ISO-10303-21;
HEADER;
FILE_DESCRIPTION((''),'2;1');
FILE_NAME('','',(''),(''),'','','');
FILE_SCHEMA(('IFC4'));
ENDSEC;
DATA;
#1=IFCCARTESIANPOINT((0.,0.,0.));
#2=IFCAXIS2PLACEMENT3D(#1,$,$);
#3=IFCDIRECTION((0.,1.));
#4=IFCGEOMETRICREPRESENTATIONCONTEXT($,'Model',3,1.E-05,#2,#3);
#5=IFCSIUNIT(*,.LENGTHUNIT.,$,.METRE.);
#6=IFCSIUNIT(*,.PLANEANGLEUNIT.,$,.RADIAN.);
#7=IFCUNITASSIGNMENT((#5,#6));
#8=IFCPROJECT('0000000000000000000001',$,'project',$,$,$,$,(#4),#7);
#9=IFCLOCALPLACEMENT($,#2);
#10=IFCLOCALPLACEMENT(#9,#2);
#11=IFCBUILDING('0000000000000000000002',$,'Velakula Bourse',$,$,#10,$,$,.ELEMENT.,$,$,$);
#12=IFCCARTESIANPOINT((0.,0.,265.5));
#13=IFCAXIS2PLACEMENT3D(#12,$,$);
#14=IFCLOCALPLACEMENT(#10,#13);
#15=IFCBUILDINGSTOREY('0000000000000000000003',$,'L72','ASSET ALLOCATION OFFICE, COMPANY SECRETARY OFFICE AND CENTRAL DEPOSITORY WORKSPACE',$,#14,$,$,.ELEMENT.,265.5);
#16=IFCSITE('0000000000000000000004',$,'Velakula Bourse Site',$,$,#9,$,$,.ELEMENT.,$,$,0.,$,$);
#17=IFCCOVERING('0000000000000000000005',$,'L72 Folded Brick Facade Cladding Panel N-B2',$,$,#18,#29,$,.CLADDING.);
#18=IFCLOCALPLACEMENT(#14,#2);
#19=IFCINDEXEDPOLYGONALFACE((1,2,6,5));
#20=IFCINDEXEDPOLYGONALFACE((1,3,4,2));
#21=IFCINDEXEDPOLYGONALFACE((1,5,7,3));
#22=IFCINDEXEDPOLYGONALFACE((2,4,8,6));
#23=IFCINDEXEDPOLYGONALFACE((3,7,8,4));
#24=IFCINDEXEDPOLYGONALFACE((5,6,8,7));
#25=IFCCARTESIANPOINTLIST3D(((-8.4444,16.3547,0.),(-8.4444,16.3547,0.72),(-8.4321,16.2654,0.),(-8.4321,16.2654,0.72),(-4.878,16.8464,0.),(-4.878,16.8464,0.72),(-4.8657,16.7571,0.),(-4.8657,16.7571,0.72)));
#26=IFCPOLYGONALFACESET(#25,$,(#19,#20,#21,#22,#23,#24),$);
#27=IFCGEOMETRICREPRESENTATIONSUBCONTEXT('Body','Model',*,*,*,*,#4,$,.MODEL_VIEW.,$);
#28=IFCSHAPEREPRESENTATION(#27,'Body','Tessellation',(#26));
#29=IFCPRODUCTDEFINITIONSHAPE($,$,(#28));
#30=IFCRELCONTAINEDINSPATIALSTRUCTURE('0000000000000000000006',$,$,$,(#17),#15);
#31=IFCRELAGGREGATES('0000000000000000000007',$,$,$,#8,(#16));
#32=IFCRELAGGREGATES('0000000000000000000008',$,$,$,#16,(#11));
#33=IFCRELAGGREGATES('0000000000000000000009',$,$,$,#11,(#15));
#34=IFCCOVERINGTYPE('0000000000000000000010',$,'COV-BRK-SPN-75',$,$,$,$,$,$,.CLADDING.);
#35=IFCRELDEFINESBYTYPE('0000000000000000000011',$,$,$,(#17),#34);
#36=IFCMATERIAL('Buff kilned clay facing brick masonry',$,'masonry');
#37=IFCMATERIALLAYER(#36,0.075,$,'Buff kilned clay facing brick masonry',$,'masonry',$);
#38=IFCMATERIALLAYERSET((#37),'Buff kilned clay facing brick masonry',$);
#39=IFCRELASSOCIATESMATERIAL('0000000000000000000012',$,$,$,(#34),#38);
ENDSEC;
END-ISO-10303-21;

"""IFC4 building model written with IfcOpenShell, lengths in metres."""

from ifc_helpers import new_model, si_unit, direction, frame, origin, origin_2d, place, context, subcontext, project, spatial, rectangle, extrude, material, layer, layer_set, type_object, element, save


model = new_model("IFC4")

# Units and contexts
model_context = context("Model", 3, precision=1e-05, world=origin(), true_north=direction((0.0, 1.0)))
body_context = subcontext(model_context, "Body", "Model", "MODEL_VIEW")
ifc_project = project(units=[si_unit("LENGTHUNIT", "METRE"), si_unit("PLANEANGLEUNIT", "RADIAN")], contexts=[model_context])

# Site, building, storey
site_placement = place(None, origin())
site = spatial("IfcSite", under=ifc_project, at=site_placement, Name="Velakula Bourse Site", CompositionType="ELEMENT", RefElevation=0.0)
building_placement = place(site_placement, origin())
building = spatial("IfcBuilding", under=site, at=building_placement, Name="Velakula Bourse", CompositionType="ELEMENT")
storey_placement = place(building_placement, frame((0.0, 0.0, 265.5)))
storey = spatial("IfcBuildingStorey", under=building, at=storey_placement, Name="L72", Description="ASSET ALLOCATION OFFICE, COMPANY SECRETARY OFFICE AND CENTRAL DEPOSITORY WORKSPACE", CompositionType="ELEMENT", Elevation=265.5)

# Shared definitions
ifc_material_1 = material(Name="Buff kilned clay facing brick masonry", Category="masonry")

# Covering
ifc_layer_1 = layer(ifc_material_1, 0.075, Name="Buff kilned clay facing brick masonry", Category="masonry")
ifc_layer_set_1 = layer_set([ifc_layer_1], Name="Buff kilned clay facing brick masonry")
covering_type = type_object("IfcCoveringType", Name="COV-BRK-SPN-75", PredefinedType="CLADDING", material=ifc_layer_set_1)
covering_placement = place(storey_placement, frame((-6.655, 16.5559, 0.0), z_axis=(0.0, 0.0, 1.0), x_axis=(0.990629, 0.13658, 0.0)))
element("IfcCovering", 1, at=covering_placement, inside=storey, type_object=covering_type, Name="L72 Folded Brick Facade Cladding Panel N-B2", PredefinedType="CLADDING", context=body_context, shape_type="SweptSolid", body=[
    extrude(rectangle(XDim=3.6001, YDim=0.0901, at=origin_2d()), origin(), (0.0, 0.0, 1.0), 0.72),
])

save(model, "model.ifc")
